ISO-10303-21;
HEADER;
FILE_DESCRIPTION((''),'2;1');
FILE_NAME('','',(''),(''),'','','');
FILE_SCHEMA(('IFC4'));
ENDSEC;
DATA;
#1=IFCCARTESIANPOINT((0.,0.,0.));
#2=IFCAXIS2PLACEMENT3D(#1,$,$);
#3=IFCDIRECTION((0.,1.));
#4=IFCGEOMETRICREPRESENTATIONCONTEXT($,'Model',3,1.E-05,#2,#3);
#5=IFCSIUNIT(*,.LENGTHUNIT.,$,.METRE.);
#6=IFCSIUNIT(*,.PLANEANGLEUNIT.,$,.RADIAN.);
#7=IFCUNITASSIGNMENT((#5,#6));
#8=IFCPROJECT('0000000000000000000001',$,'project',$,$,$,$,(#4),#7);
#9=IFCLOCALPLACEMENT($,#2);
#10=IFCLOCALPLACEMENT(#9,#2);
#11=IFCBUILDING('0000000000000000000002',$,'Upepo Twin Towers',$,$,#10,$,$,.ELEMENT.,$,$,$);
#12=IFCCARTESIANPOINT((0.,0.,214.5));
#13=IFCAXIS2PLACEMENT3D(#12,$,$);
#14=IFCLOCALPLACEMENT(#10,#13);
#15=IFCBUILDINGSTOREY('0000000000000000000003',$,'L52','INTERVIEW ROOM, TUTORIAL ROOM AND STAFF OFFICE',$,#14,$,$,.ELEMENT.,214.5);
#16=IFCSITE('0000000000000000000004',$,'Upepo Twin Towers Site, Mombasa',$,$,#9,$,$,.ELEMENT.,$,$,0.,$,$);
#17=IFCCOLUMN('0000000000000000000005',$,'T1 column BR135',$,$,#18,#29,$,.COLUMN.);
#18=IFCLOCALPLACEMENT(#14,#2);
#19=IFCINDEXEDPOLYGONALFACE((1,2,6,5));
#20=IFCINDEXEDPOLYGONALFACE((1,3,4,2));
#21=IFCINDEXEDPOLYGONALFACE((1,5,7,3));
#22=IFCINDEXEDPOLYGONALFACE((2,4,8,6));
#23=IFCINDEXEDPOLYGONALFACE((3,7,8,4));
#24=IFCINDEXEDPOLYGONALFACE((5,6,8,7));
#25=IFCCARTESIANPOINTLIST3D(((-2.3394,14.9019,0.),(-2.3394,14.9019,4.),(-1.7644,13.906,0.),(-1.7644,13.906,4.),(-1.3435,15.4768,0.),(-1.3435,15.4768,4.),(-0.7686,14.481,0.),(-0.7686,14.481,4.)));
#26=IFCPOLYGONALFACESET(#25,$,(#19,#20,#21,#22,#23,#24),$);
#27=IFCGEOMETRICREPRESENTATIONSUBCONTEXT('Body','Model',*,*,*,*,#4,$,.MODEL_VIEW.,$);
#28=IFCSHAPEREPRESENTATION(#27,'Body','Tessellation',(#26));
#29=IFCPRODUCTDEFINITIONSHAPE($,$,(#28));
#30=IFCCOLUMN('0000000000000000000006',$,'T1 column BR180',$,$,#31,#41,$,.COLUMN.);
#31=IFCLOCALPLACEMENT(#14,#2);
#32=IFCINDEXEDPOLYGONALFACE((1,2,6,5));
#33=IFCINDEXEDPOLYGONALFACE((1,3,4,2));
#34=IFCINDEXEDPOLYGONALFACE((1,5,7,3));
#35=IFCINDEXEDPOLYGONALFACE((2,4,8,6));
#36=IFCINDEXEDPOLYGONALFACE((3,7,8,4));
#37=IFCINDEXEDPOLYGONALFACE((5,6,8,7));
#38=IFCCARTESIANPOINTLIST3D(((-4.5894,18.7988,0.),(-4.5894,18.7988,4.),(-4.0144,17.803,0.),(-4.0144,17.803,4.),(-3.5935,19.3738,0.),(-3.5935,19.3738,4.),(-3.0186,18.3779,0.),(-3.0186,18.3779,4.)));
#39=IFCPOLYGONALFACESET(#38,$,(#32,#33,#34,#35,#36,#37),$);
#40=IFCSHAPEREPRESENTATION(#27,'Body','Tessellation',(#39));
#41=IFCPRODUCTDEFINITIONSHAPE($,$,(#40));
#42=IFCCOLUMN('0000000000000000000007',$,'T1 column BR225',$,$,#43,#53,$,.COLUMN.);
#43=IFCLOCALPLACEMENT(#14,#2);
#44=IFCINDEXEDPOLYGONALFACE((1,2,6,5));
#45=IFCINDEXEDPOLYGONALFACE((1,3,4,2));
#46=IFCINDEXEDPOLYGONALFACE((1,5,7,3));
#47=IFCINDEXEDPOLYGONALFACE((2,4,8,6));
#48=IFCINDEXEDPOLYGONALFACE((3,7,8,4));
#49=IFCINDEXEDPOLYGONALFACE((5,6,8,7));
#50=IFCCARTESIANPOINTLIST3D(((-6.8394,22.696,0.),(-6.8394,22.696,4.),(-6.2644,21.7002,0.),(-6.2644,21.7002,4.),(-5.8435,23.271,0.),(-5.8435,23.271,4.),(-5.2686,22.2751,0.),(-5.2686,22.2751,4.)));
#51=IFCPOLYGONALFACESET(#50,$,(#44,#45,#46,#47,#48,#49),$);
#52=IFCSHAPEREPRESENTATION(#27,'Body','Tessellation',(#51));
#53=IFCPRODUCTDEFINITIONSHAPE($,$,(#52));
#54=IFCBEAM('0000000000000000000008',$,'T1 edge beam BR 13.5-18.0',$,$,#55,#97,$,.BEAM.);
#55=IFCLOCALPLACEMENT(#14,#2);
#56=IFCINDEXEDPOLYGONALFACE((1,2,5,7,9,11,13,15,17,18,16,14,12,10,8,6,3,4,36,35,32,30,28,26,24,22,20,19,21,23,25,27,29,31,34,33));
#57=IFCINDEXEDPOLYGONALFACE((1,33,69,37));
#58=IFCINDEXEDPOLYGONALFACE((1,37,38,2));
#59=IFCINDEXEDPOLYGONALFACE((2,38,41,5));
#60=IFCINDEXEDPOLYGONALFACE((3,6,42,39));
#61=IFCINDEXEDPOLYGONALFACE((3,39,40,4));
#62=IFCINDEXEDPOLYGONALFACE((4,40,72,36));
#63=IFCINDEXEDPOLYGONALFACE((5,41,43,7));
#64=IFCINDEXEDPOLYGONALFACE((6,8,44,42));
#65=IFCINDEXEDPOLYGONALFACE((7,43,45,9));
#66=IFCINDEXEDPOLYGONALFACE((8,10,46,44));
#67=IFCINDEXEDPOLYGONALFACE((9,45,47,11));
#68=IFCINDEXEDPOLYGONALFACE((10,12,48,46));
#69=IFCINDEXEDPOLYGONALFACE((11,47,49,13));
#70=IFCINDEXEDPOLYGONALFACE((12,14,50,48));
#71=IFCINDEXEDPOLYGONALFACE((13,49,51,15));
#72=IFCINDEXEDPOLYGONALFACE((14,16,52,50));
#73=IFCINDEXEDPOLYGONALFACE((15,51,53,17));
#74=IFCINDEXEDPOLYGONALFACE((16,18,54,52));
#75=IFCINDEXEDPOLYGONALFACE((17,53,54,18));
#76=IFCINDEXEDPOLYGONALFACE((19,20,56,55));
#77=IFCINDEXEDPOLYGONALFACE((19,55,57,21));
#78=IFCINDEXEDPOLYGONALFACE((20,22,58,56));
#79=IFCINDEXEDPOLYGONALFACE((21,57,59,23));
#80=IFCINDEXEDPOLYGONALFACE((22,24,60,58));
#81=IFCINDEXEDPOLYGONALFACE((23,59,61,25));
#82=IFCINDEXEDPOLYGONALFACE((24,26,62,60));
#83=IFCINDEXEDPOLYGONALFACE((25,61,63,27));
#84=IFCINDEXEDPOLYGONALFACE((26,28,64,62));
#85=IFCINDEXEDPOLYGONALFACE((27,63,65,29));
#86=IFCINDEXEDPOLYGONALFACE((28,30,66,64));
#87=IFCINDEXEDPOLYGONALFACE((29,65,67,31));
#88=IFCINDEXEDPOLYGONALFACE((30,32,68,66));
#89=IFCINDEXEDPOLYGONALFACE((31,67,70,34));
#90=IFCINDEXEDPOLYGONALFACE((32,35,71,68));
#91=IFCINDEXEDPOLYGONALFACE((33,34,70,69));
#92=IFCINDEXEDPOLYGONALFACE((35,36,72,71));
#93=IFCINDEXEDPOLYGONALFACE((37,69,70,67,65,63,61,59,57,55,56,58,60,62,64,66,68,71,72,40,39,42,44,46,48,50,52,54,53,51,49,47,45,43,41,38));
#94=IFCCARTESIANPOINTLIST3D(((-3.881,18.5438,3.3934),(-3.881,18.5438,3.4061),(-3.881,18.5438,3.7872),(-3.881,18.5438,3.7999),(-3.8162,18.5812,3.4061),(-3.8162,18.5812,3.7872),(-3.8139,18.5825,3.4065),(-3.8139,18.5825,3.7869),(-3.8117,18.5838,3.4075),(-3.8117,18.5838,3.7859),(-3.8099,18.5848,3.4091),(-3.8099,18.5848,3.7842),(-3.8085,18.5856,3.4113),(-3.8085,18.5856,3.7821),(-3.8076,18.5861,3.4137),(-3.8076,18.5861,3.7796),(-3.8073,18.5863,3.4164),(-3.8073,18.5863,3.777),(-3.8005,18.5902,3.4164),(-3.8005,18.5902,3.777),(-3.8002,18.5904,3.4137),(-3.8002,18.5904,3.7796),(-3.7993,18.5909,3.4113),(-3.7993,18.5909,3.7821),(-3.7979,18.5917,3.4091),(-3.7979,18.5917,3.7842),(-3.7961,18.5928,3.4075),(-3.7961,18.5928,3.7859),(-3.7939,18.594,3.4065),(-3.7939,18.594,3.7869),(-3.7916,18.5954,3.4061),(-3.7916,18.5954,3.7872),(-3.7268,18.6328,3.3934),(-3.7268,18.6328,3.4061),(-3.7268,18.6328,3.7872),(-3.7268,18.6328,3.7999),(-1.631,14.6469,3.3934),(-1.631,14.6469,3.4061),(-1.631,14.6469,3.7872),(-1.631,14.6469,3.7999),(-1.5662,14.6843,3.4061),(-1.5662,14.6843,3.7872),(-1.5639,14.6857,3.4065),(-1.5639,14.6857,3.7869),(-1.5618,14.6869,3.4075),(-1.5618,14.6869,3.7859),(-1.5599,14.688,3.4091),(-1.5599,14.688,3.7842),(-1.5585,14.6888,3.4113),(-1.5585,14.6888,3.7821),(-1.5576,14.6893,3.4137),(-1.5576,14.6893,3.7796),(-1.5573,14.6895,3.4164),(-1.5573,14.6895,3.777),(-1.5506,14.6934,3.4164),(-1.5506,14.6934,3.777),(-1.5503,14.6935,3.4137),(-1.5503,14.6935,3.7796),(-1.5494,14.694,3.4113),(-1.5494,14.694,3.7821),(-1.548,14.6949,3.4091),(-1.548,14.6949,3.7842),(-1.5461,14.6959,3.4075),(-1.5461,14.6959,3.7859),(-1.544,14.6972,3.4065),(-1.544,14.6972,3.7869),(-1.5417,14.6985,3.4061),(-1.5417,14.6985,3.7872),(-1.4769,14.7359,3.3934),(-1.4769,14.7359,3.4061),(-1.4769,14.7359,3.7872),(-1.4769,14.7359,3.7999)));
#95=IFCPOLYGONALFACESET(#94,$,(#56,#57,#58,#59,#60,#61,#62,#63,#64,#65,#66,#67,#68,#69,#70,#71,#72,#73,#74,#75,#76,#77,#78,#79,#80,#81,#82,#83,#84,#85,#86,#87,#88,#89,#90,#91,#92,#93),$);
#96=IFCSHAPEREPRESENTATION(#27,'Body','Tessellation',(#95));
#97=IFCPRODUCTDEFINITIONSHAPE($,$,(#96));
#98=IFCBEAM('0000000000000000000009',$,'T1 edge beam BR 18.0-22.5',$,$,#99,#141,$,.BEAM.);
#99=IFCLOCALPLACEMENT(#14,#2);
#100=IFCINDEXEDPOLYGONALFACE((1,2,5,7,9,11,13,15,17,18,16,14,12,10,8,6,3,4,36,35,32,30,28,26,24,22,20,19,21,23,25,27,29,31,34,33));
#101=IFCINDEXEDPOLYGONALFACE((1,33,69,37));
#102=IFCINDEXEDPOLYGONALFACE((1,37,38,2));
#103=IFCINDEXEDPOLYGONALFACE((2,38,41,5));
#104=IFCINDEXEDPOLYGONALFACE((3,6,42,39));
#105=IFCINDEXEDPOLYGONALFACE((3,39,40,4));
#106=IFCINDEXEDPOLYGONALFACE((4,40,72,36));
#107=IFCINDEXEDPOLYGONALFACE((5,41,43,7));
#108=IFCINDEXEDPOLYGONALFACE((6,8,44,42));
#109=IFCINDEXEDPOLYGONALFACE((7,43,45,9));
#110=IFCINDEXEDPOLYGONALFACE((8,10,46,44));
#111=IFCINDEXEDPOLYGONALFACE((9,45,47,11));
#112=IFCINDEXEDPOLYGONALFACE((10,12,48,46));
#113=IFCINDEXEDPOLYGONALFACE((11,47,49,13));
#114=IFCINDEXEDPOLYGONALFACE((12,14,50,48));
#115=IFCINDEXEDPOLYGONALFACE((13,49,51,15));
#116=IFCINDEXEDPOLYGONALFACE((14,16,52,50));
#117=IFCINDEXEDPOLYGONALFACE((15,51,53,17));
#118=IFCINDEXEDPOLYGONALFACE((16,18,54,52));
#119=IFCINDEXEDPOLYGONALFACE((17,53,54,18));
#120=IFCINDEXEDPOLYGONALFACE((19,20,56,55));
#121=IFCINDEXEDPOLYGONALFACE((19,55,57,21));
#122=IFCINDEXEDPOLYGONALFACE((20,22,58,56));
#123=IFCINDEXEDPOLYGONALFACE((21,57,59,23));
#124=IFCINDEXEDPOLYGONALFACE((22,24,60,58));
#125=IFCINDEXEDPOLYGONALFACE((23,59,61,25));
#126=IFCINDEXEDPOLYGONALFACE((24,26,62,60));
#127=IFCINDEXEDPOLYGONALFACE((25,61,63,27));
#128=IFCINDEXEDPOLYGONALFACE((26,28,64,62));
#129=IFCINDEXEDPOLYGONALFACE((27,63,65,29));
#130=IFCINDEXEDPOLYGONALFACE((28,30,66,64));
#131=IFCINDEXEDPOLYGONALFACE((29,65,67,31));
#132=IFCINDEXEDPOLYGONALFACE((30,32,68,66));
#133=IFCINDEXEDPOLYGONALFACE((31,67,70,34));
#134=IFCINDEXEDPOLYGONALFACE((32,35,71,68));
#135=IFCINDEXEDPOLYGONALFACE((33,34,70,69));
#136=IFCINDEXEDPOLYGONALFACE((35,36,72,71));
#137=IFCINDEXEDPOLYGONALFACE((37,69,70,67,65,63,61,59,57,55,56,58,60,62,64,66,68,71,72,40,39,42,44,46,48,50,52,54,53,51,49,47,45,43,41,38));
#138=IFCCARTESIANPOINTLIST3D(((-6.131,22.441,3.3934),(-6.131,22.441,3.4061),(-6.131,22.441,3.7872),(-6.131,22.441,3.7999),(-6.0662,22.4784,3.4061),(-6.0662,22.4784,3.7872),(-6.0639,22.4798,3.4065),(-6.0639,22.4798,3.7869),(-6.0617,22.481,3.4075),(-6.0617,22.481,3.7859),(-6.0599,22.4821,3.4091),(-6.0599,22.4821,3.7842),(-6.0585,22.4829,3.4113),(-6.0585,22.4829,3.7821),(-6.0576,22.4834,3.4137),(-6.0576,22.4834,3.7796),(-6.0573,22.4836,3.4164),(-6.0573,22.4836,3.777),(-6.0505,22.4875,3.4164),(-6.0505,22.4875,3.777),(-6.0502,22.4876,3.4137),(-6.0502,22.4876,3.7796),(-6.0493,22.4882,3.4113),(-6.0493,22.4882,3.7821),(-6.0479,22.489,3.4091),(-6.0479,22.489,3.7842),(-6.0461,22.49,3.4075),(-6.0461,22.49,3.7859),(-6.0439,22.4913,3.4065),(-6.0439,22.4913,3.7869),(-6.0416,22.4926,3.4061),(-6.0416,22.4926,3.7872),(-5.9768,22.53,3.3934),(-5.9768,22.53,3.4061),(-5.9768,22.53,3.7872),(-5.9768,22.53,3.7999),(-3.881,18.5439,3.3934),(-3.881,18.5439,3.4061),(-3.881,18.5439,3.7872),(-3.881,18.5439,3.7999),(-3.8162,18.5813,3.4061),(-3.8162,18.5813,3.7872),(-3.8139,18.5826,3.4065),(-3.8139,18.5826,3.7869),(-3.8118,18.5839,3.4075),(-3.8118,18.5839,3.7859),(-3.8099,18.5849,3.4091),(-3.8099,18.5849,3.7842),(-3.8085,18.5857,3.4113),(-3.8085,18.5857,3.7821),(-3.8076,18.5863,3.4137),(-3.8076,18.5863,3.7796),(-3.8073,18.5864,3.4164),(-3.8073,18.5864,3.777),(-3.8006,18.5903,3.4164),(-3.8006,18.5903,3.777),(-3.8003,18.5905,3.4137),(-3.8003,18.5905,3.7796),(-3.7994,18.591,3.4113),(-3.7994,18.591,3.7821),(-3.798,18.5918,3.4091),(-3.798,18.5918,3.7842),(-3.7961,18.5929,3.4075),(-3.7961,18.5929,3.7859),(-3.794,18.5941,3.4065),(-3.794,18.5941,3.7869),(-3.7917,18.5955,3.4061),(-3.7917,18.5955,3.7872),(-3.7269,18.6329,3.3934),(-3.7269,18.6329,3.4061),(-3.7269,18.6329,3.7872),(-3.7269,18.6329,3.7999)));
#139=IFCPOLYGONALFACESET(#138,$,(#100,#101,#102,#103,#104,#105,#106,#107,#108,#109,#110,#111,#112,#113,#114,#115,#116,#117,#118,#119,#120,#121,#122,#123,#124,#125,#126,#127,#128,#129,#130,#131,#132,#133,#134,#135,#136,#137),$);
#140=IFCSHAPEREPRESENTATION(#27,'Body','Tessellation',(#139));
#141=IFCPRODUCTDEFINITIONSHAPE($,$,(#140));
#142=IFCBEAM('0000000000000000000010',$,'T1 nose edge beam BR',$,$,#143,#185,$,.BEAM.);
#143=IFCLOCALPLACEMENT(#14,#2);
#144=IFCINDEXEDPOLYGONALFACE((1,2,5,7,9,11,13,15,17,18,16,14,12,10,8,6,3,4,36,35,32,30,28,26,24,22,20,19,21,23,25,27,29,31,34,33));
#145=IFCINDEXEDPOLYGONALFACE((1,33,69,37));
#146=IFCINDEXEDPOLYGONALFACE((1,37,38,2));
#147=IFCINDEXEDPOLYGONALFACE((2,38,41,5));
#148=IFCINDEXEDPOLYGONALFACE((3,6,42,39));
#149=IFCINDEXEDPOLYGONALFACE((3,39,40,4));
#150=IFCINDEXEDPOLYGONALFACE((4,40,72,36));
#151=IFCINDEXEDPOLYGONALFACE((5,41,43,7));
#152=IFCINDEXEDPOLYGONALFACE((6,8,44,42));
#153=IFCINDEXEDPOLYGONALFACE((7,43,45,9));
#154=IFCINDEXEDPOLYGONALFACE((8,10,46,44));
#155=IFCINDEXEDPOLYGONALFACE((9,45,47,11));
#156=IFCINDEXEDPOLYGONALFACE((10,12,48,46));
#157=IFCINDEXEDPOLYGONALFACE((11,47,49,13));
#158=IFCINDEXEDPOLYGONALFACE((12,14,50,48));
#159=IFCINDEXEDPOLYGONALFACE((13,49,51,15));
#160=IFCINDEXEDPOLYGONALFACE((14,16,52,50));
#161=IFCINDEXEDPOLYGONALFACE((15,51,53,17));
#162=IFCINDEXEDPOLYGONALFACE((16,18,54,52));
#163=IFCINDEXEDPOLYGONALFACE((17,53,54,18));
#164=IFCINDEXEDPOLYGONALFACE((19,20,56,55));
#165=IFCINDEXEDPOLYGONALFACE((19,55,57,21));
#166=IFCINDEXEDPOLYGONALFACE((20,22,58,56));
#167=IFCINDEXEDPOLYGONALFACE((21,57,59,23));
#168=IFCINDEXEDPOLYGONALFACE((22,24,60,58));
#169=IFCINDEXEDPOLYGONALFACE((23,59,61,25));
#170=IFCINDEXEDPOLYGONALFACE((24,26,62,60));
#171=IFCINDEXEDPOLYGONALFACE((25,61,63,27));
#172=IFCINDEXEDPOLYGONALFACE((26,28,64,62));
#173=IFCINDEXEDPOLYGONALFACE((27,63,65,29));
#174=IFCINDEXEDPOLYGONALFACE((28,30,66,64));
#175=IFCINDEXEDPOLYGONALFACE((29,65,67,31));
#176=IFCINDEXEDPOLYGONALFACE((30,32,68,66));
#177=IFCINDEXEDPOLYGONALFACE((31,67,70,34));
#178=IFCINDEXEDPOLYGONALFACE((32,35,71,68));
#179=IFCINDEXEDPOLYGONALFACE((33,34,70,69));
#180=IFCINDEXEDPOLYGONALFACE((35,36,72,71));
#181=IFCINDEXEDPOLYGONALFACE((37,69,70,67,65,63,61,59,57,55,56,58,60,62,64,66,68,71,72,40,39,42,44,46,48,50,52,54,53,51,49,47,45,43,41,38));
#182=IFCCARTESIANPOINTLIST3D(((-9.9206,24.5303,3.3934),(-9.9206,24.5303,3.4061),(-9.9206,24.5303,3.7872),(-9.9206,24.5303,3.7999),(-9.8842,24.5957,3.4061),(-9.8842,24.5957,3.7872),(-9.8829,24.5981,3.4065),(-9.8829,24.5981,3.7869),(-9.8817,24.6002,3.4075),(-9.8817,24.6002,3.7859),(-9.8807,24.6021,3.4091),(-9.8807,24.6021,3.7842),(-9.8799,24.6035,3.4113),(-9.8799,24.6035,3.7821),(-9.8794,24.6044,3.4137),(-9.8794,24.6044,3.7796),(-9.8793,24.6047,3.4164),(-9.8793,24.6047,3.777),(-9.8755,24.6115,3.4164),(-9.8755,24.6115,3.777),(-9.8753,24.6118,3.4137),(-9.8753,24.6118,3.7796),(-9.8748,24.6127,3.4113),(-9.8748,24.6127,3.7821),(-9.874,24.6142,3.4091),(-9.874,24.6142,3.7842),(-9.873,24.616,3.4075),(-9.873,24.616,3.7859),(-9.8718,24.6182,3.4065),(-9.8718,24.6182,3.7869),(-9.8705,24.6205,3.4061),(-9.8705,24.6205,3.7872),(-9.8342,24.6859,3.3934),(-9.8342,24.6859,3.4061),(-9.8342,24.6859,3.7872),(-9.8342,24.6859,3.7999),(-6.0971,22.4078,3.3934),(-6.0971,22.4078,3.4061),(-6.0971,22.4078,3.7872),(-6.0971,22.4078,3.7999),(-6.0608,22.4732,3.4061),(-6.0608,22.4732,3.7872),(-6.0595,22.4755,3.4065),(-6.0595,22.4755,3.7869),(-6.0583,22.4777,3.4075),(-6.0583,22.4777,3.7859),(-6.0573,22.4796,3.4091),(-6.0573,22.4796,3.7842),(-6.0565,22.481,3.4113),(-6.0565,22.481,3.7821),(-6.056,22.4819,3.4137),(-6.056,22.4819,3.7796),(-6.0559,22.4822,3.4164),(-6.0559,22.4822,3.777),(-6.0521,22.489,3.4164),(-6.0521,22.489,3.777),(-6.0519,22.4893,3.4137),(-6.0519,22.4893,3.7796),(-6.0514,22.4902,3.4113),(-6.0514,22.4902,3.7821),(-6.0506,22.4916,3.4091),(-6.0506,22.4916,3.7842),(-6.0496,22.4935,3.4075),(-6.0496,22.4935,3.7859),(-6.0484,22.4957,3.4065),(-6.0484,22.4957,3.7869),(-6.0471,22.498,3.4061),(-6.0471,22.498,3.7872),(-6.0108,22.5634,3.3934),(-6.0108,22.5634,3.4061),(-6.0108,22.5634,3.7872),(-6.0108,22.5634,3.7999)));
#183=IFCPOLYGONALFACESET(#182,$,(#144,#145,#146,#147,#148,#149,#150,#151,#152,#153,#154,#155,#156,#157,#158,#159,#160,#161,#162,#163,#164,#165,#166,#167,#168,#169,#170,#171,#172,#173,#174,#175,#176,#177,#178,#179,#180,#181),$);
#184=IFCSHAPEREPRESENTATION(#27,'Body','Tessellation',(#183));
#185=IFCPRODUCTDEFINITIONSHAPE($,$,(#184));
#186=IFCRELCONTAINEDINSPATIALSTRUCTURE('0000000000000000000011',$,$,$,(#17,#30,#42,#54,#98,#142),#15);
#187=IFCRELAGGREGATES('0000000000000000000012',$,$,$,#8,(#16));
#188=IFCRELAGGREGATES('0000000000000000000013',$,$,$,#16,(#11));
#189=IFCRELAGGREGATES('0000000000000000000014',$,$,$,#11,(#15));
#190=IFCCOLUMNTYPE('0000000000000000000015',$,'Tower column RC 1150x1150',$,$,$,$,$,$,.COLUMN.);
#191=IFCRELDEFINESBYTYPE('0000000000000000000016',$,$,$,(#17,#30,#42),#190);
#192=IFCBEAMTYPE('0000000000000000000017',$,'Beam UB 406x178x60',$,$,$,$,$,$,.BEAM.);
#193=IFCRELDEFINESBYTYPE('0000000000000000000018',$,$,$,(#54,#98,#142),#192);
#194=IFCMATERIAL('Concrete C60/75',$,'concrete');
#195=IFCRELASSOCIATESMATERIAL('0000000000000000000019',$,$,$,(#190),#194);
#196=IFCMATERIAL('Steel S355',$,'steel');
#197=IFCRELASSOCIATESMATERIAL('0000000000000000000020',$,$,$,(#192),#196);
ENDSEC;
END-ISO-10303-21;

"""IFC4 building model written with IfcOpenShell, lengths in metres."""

from ifc_helpers import new_model, si_unit, direction, frame, origin, origin_2d, place, context, subcontext, project, spatial, rectangle, i_section, extrude, material, material_profile, profile_set, type_object, element, save


model = new_model("IFC4")

# Units and contexts
model_context = context("Model", 3, precision=1e-05, world=origin(), true_north=direction((0.0, 1.0)))
body_context = subcontext(model_context, "Body", "Model", "MODEL_VIEW")
ifc_project = project(units=[si_unit("LENGTHUNIT", "METRE"), si_unit("PLANEANGLEUNIT", "RADIAN")], contexts=[model_context])

# Site, building, storey
site_placement = place(None, origin())
site = spatial("IfcSite", under=ifc_project, at=site_placement, Name="Upepo Twin Towers Site, Mombasa", CompositionType="ELEMENT", RefElevation=0.0)
building_placement = place(site_placement, origin())
building = spatial("IfcBuilding", under=site, at=building_placement, Name="Upepo Twin Towers", CompositionType="ELEMENT")
storey_placement = place(building_placement, frame((0.0, 0.0, 214.5)))
storey = spatial("IfcBuildingStorey", under=building, at=storey_placement, Name="L52", Description="INTERVIEW ROOM, TUTORIAL ROOM AND STAFF OFFICE", CompositionType="ELEMENT", Elevation=214.5)

# Columns
ifc_material_1 = material(Name="Concrete C60/75", Category="concrete")
ifc_material_profile_1 = material_profile(ifc_material_1, rectangle(XDim=1.1499, YDim=1.1499, at=origin_2d()), Name="RC 1150x1150")
ifc_profile_set_1 = profile_set([ifc_material_profile_1], Name="Concrete C60/75")
column_type = type_object("IfcColumnType", Name="Tower column RC 1150x1150", PredefinedType="COLUMN", material=ifc_profile_set_1)
for number, where, z_axis, x_axis, name in (
    (1, (-1.554, 14.6914, 0.0), (0.0, 0.0, 1.0), (0.866025, 0.5, 0.0), "T1 column BR135"),
    (2, (-3.804, 18.5884, 0.0), (0.0, 0.0, 1.0), (0.866025, 0.5, 0.0), "T1 column BR180"),
    (3, (-6.054, 22.4856, 0.0), (0.0, 0.0, 1.0), (0.866025, 0.5, 0.0), "T1 column BR225"),
):
    element("IfcColumn", number, at=place(storey_placement, frame(where, z_axis=z_axis, x_axis=x_axis)), inside=storey, type_object=column_type, Name=name, PredefinedType="COLUMN", context=body_context, shape_type="SweptSolid", body=[
        extrude(rectangle(XDim=1.1499, YDim=1.1499, at=origin_2d()), origin(), (0.0, 0.0, 1.0), 4.0),
    ])

# Beams
ifc_material_2 = material(Name="Steel S355", Category="steel")
ifc_material_profile_2 = material_profile(ifc_material_2, i_section(OverallWidth=0.178, OverallDepth=0.4065, WebThickness=0.0078, FlangeThickness=0.0127, FilletRadius=0.0103, at=origin_2d()), Name="UB 406x178x60")
ifc_profile_set_2 = profile_set([ifc_material_profile_2], Name="Steel S355")
beam_type_1 = type_object("IfcBeamType", Name="Beam UB 406x178x60", PredefinedType="BEAM", material=ifc_profile_set_2)
beam_1_placement = place(storey_placement, frame((-1.554, 14.6914, 3.5967), z_axis=(-0.500014, 0.866018, 0.0), x_axis=(-0.866018, -0.500014, 0.0)))
element("IfcBeam", 4, at=beam_1_placement, inside=storey, type_object=beam_type_1, Name="T1 edge beam BR 13.5-18.0", PredefinedType="BEAM", context=body_context, shape_type="SweptSolid", body=[
    extrude(i_section(OverallWidth=0.178, OverallDepth=0.4065, WebThickness=0.0078, FlangeThickness=0.0127, FilletRadius=0.0103, at=origin_2d()), origin(), (0.0, 0.0, 1.0), 4.4998),
])
beam_2_placement = place(storey_placement, frame((-3.804, 18.5884, 3.5967), z_axis=(-0.49999, 0.866031, 0.0), x_axis=(-0.866031, -0.49999, 0.0)))
element("IfcBeam", 5, at=beam_2_placement, inside=storey, type_object=beam_type_1, Name="T1 edge beam BR 18.0-22.5", PredefinedType="BEAM", context=body_context, shape_type="SweptSolid", body=[
    extrude(i_section(OverallWidth=0.178, OverallDepth=0.4065, WebThickness=0.0078, FlangeThickness=0.0127, FilletRadius=0.0103, at=origin_2d()), origin(), (0.0, 0.0, 1.0), 4.5),
])
beam_3_placement = place(storey_placement, frame((-6.054, 22.4856, 3.5967), z_axis=(-0.874313, 0.485363, 0.0), x_axis=(-0.485363, -0.874313, 0.0)))
element("IfcBeam", 6, at=beam_3_placement, inside=storey, type_object=beam_type_1, Name="T1 nose edge beam BR", PredefinedType="BEAM", context=body_context, shape_type="SweptSolid", body=[
    extrude(i_section(OverallWidth=0.178, OverallDepth=0.4065, WebThickness=0.0078, FlangeThickness=0.0127, FilletRadius=0.0103, at=origin_2d()), origin(), (0.0, 0.0, 1.0), 4.373),
])

save(model, "model.ifc")
